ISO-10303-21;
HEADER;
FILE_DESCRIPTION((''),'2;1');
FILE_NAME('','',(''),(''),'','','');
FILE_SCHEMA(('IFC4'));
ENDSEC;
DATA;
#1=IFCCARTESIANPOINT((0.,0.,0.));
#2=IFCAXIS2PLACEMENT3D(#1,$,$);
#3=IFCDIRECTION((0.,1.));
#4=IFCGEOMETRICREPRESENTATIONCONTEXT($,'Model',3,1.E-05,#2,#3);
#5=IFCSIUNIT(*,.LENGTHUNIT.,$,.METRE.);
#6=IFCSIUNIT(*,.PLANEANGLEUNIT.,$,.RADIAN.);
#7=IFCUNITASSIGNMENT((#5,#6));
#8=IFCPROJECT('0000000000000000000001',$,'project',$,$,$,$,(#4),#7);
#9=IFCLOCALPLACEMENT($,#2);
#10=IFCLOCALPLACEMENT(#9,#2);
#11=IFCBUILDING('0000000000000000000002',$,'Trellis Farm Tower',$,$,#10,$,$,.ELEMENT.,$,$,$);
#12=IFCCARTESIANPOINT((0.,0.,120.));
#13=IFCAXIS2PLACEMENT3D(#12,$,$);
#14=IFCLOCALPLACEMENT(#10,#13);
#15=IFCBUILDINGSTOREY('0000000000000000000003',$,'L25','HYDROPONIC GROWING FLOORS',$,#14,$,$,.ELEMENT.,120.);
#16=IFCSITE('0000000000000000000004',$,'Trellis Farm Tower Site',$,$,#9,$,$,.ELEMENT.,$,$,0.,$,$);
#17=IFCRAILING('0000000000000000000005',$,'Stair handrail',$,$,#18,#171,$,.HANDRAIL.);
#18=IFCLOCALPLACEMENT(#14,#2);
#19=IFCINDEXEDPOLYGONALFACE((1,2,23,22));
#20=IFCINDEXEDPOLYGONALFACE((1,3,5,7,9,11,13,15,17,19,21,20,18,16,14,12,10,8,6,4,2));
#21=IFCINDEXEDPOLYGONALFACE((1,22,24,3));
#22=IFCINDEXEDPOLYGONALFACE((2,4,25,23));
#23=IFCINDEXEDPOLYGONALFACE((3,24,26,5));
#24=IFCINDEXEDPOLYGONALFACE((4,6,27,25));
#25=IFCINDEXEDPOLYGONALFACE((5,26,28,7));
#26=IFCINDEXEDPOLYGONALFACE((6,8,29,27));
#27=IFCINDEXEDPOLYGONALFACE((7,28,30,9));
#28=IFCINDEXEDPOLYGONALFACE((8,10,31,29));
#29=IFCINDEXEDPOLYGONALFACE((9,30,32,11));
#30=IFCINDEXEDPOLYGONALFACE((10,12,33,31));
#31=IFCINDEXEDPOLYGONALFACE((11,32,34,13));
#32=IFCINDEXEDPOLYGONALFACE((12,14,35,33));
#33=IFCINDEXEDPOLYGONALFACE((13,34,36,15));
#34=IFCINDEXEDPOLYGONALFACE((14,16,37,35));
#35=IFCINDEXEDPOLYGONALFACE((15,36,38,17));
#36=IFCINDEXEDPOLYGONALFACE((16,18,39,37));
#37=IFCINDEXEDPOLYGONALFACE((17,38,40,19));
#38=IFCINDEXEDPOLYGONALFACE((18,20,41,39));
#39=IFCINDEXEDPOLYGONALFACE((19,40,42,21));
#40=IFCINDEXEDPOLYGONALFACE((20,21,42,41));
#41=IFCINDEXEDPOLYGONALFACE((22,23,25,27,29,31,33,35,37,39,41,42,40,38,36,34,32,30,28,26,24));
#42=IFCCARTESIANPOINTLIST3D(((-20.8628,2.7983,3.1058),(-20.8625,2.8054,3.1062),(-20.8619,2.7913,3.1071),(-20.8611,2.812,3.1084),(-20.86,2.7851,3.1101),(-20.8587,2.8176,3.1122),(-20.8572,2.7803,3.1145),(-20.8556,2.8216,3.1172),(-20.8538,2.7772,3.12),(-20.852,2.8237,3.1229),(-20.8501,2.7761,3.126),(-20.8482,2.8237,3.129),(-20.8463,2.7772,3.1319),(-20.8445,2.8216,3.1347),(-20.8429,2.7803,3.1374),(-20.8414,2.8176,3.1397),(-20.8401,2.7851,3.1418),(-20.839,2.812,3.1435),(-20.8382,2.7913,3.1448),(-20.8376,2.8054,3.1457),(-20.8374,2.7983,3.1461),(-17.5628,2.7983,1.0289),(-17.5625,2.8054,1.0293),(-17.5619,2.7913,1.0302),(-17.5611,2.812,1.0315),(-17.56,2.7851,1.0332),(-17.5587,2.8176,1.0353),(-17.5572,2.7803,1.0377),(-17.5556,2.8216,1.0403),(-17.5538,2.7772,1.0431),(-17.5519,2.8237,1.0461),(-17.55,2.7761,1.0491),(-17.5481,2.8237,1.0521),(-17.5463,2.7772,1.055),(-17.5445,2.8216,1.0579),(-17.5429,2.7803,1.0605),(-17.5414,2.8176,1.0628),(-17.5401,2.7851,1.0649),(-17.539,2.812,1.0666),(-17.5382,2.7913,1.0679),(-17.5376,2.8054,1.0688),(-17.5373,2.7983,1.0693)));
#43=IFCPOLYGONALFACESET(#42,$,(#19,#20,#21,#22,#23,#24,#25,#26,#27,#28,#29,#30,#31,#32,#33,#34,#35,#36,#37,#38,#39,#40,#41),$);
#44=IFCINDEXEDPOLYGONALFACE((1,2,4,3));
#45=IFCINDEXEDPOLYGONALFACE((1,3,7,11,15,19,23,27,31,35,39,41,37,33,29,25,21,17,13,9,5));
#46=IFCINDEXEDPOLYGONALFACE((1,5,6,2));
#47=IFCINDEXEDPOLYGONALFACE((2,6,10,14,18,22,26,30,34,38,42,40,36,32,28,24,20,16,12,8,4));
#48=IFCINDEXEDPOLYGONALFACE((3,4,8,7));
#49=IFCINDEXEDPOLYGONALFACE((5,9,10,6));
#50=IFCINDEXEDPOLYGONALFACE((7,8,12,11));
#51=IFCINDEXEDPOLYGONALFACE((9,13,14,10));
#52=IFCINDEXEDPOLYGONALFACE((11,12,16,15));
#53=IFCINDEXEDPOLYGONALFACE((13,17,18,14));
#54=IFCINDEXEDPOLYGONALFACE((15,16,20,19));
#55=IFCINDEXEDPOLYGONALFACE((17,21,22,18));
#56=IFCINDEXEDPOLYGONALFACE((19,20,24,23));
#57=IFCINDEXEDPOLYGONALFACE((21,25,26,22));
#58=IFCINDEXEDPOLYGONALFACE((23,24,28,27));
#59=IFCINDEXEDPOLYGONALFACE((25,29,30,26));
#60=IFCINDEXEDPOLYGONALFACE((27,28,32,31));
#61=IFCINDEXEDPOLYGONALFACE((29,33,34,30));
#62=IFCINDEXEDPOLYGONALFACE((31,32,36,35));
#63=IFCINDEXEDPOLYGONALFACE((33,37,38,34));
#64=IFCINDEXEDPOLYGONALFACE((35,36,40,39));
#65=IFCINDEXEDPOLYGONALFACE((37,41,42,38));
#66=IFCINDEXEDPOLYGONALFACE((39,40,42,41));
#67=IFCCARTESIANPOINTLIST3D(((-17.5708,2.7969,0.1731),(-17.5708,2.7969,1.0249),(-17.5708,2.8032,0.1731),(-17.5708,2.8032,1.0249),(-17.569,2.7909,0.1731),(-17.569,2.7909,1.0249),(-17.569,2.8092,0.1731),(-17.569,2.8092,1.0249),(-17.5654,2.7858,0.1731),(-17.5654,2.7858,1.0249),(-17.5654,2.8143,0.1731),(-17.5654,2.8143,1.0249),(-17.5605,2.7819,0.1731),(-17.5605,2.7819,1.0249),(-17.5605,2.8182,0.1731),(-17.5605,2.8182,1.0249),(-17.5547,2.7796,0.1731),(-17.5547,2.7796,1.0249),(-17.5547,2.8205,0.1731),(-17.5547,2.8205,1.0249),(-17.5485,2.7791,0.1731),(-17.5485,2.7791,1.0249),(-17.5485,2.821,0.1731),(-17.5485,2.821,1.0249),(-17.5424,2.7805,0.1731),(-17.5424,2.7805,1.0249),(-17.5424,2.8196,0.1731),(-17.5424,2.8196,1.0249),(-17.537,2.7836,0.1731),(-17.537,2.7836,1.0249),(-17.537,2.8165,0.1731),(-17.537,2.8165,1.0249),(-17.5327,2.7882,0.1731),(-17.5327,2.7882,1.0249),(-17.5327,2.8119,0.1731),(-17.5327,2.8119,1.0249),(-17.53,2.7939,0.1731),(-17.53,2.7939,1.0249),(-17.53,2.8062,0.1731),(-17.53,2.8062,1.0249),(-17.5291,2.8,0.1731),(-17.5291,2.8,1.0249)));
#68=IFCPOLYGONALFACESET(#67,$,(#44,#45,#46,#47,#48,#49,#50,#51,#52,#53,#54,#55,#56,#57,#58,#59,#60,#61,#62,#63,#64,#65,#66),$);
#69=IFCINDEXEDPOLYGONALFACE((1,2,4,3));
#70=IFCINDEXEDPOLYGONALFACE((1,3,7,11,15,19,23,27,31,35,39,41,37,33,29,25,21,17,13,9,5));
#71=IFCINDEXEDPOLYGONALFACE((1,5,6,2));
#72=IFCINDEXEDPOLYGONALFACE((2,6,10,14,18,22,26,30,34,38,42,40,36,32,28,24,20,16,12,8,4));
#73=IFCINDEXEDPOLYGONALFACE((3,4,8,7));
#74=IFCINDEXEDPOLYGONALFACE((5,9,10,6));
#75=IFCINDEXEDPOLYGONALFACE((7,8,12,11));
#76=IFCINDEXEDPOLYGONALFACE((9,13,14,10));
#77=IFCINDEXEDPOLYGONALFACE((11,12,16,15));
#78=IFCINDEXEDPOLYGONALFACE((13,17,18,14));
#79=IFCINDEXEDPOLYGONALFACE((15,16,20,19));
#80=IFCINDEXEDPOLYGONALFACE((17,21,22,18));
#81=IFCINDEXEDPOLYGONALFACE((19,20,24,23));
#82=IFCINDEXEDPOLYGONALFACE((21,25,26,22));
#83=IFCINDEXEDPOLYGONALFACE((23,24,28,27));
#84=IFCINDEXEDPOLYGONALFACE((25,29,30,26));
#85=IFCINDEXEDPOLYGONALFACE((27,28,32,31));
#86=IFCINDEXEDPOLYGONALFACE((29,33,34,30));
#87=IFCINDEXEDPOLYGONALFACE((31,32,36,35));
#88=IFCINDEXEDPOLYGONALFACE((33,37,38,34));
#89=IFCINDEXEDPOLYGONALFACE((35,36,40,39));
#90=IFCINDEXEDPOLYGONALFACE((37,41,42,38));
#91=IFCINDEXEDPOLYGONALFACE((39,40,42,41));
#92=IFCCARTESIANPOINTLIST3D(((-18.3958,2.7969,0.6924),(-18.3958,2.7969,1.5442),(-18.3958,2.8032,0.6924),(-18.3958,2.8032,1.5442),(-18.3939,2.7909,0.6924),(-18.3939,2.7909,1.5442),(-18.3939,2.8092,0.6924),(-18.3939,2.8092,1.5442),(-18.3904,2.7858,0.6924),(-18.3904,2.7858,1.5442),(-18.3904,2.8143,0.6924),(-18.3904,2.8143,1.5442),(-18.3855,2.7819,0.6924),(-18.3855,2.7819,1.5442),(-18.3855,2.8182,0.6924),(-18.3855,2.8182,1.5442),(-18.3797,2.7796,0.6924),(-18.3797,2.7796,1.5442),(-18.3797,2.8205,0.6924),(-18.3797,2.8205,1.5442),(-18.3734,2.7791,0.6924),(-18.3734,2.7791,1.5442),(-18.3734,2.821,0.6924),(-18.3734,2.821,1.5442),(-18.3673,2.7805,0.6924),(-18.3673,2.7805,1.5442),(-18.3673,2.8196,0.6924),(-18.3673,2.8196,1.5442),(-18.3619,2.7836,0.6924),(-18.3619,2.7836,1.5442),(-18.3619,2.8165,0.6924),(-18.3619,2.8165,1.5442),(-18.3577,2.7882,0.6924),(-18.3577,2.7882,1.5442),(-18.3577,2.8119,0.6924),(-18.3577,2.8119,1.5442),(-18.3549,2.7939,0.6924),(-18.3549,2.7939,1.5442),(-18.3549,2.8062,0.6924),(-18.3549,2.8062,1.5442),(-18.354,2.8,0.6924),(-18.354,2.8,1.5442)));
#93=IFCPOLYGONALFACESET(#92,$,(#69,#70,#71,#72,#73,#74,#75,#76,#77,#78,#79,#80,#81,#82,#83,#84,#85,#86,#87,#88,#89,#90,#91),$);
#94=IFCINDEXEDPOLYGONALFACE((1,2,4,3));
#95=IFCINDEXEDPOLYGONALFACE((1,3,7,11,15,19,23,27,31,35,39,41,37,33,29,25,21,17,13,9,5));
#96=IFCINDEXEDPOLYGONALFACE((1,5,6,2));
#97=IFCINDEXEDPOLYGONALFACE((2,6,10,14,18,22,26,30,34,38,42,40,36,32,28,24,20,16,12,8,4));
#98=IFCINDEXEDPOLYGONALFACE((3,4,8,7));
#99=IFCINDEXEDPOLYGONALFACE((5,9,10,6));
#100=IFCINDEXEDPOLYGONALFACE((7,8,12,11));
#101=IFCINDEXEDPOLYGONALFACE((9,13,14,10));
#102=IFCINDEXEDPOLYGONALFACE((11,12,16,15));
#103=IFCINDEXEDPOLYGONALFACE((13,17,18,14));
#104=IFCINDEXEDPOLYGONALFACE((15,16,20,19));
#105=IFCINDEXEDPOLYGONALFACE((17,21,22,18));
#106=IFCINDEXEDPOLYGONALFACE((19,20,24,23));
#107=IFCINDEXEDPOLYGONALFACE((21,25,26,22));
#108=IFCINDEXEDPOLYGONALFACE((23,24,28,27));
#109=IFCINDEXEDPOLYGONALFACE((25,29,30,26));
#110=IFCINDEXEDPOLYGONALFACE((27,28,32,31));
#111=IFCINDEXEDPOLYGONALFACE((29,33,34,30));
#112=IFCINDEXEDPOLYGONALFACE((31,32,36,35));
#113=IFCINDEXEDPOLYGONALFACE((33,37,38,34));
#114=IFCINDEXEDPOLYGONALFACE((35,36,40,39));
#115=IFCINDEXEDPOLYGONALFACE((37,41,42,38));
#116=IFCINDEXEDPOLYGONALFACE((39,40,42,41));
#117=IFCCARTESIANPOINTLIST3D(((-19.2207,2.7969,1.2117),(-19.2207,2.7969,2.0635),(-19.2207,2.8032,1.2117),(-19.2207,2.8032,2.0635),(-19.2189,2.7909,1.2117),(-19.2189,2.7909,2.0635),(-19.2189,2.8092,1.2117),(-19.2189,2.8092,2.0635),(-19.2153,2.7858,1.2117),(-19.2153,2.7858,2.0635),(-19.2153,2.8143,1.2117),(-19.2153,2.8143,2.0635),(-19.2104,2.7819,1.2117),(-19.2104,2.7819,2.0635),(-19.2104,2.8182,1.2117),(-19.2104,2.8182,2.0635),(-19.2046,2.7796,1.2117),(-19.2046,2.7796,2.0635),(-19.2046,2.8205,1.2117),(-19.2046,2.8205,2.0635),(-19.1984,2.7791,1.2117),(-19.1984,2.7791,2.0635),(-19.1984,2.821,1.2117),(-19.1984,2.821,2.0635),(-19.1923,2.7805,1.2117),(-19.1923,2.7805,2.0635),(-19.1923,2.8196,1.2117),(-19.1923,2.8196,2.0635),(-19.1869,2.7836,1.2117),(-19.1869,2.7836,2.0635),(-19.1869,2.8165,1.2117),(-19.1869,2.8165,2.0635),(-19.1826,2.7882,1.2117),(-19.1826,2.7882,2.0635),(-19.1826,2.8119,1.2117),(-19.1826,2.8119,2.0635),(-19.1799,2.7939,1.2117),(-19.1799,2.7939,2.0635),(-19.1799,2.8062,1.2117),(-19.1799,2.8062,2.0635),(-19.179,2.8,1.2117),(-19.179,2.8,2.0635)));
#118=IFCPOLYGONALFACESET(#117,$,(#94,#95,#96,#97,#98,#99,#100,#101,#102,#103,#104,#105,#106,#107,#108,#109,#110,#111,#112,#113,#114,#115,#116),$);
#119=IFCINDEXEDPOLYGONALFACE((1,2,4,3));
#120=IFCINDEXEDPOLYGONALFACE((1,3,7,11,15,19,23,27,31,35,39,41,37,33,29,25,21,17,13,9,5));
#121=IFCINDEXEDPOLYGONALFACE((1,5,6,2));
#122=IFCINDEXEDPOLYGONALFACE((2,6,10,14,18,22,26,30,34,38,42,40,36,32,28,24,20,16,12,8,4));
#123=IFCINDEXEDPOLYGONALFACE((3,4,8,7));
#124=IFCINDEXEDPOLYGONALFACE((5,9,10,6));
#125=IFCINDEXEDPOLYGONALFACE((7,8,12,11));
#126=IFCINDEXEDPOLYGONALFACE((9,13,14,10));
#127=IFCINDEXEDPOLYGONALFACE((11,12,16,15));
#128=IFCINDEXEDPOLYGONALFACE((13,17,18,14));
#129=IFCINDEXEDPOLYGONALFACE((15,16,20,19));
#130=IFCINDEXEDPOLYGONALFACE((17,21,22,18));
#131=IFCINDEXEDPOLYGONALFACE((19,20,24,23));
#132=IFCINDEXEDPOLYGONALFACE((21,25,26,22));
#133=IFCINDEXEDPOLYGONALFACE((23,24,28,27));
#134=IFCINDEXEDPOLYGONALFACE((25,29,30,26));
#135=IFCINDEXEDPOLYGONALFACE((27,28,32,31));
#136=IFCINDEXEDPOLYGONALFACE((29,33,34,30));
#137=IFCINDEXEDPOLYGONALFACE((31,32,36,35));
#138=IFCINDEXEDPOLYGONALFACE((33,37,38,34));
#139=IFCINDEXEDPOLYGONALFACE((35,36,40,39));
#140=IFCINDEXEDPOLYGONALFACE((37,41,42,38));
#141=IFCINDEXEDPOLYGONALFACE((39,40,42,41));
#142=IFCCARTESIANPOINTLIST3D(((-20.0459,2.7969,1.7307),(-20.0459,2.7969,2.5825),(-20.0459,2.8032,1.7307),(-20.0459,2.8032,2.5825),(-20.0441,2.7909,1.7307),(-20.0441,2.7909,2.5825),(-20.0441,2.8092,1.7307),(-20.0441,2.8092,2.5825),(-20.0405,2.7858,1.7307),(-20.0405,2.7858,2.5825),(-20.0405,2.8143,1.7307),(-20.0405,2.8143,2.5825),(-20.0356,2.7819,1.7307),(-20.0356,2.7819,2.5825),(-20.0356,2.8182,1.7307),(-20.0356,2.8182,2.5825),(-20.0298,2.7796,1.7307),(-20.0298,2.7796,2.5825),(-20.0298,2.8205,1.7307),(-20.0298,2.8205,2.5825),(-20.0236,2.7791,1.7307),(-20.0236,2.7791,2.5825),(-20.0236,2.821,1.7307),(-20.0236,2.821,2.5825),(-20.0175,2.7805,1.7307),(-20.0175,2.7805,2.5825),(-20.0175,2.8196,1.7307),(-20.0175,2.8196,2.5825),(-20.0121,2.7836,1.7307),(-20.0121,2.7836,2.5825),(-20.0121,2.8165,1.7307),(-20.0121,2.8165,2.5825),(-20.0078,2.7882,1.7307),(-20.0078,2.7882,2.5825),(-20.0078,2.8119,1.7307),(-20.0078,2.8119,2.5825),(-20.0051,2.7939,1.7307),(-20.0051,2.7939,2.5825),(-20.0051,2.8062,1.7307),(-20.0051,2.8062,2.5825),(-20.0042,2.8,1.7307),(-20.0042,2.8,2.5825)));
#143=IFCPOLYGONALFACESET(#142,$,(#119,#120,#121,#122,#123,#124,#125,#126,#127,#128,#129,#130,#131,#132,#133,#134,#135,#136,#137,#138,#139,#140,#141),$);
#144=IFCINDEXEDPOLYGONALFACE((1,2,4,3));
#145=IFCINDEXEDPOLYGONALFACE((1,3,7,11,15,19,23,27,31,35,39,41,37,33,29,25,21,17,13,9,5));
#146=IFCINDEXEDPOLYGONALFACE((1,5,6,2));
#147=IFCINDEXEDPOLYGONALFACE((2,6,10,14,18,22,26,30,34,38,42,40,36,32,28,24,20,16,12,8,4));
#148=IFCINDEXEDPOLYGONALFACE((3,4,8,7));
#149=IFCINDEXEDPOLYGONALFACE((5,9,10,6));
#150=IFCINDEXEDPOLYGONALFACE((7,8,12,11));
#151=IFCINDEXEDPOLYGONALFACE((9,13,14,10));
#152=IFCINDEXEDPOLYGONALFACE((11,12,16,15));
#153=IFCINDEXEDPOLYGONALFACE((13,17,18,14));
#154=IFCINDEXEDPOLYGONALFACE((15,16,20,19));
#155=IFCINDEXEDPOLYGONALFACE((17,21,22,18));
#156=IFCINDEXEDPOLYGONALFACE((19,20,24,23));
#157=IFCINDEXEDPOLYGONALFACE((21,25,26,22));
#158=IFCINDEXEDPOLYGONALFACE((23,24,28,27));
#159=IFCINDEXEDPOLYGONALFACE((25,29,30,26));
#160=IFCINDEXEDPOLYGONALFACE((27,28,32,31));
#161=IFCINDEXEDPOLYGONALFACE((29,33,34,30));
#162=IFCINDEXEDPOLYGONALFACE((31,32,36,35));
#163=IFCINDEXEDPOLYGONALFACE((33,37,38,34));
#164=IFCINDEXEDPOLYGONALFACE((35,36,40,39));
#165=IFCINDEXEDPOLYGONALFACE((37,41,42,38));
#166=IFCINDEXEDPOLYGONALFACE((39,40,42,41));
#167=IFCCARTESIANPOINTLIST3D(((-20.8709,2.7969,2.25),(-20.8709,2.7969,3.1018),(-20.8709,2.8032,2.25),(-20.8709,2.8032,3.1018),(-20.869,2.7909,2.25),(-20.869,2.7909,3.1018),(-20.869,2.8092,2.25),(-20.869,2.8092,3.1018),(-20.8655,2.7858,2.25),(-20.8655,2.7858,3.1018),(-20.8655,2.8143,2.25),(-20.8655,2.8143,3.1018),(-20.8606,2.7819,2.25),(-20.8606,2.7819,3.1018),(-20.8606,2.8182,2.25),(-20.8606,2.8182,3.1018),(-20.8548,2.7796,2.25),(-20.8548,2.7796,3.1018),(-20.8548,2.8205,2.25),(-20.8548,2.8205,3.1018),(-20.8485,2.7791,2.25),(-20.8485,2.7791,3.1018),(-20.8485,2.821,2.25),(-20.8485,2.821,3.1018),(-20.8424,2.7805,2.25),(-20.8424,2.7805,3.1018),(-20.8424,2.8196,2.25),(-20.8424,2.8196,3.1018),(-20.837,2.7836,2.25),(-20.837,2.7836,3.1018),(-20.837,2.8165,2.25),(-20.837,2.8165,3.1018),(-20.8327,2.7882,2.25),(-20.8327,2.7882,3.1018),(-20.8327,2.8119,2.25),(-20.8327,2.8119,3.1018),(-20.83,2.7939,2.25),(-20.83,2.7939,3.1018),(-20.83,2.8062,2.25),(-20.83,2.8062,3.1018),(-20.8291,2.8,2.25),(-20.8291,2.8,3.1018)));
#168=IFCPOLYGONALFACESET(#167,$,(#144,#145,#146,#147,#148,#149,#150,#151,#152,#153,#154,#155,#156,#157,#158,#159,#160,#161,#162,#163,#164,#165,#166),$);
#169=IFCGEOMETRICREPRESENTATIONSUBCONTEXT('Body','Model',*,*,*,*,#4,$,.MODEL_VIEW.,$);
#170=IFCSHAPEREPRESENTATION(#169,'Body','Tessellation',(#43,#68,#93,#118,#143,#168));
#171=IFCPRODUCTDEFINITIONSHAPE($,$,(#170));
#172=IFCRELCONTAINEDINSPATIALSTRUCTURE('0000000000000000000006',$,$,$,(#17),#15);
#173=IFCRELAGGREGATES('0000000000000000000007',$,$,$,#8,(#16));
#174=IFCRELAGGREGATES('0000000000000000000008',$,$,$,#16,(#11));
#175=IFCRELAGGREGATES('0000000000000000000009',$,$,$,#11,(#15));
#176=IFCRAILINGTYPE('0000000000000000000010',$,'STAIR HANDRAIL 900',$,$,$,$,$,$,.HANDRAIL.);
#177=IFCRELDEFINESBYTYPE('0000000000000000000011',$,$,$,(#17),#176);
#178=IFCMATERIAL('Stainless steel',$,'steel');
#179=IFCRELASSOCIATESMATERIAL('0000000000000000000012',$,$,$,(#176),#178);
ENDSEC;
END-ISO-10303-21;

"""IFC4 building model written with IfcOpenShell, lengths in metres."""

from ifc_helpers import new_model, si_unit, direction, frame, origin, origin_2d, place, context, subcontext, project, spatial, circle, extrude, source, transform, mapped, material, type_object, element, save


model = new_model("IFC4")

# Units and contexts
model_context = context("Model", 3, precision=1e-05, world=origin(), true_north=direction((0.0, 1.0)))
body_context = subcontext(model_context, "Body", "Model", "MODEL_VIEW")
ifc_project = project(units=[si_unit("LENGTHUNIT", "METRE"), si_unit("PLANEANGLEUNIT", "RADIAN")], contexts=[model_context])

# Site, building, storey
site_placement = place(None, origin())
site = spatial("IfcSite", under=ifc_project, at=site_placement, Name="Trellis Farm Tower Site", CompositionType="ELEMENT", RefElevation=0.0)
building_placement = place(site_placement, origin())
building = spatial("IfcBuilding", under=site, at=building_placement, Name="Trellis Farm Tower", CompositionType="ELEMENT")
storey_placement = place(building_placement, frame((0.0, 0.0, 120.0)))
storey = spatial("IfcBuildingStorey", under=building, at=storey_placement, Name="L25", Description="HYDROPONIC GROWING FLOORS", CompositionType="ELEMENT", Elevation=120.0)

# Railing
ifc_material_1 = material(Name="Stainless steel", Category="steel")
railing_type = type_object("IfcRailingType", Name="STAIR HANDRAIL 900", PredefinedType="HANDRAIL", material=ifc_material_1)
shared_shape_1 = source(origin(), body_context, "Body", "SweptSolid", [
    extrude(circle(Radius=0.0239, at=origin_2d()), frame((0.0, 0.0, 0.876), z_axis=(-0.846337, 0.0, 0.532647), x_axis=(0.0, -1.0, 0.0)), (0.0, 0.0, 1.0), 3.8992),
    extrude(circle(Radius=0.021, at=origin_2d()), origin(), (0.0, 0.0, 1.0), 0.8518),
    extrude(circle(Radius=0.021, at=origin_2d()), frame((-0.825, 0.0, 0.5193)), (0.0, 0.0, 1.0), 0.8518),
    extrude(circle(Radius=0.021, at=origin_2d()), frame((-1.6499, 0.0, 1.0386)), (0.0, 0.0, 1.0), 0.8518),
    extrude(circle(Radius=0.021, at=origin_2d()), frame((-2.4751, 0.0, 1.5576)), (0.0, 0.0, 1.0), 0.8518),
    extrude(circle(Radius=0.021, at=origin_2d()), frame((-3.3, 0.0, 2.0769)), (0.0, 0.0, 1.0), 0.8518),
])
for number, where, name in (
    (1, (-17.55, 2.8, 0.1731), "Stair handrail"),
):
    element("IfcRailing", number, at=place(storey_placement, frame(where)), inside=storey, type_object=railing_type, Name=name, PredefinedType="HANDRAIL", context=body_context, shape_type="MappedRepresentation", body=[
        mapped(shared_shape_1, transform((0.0, 0.0, 0.0))),
    ])

save(model, "model.ifc")
